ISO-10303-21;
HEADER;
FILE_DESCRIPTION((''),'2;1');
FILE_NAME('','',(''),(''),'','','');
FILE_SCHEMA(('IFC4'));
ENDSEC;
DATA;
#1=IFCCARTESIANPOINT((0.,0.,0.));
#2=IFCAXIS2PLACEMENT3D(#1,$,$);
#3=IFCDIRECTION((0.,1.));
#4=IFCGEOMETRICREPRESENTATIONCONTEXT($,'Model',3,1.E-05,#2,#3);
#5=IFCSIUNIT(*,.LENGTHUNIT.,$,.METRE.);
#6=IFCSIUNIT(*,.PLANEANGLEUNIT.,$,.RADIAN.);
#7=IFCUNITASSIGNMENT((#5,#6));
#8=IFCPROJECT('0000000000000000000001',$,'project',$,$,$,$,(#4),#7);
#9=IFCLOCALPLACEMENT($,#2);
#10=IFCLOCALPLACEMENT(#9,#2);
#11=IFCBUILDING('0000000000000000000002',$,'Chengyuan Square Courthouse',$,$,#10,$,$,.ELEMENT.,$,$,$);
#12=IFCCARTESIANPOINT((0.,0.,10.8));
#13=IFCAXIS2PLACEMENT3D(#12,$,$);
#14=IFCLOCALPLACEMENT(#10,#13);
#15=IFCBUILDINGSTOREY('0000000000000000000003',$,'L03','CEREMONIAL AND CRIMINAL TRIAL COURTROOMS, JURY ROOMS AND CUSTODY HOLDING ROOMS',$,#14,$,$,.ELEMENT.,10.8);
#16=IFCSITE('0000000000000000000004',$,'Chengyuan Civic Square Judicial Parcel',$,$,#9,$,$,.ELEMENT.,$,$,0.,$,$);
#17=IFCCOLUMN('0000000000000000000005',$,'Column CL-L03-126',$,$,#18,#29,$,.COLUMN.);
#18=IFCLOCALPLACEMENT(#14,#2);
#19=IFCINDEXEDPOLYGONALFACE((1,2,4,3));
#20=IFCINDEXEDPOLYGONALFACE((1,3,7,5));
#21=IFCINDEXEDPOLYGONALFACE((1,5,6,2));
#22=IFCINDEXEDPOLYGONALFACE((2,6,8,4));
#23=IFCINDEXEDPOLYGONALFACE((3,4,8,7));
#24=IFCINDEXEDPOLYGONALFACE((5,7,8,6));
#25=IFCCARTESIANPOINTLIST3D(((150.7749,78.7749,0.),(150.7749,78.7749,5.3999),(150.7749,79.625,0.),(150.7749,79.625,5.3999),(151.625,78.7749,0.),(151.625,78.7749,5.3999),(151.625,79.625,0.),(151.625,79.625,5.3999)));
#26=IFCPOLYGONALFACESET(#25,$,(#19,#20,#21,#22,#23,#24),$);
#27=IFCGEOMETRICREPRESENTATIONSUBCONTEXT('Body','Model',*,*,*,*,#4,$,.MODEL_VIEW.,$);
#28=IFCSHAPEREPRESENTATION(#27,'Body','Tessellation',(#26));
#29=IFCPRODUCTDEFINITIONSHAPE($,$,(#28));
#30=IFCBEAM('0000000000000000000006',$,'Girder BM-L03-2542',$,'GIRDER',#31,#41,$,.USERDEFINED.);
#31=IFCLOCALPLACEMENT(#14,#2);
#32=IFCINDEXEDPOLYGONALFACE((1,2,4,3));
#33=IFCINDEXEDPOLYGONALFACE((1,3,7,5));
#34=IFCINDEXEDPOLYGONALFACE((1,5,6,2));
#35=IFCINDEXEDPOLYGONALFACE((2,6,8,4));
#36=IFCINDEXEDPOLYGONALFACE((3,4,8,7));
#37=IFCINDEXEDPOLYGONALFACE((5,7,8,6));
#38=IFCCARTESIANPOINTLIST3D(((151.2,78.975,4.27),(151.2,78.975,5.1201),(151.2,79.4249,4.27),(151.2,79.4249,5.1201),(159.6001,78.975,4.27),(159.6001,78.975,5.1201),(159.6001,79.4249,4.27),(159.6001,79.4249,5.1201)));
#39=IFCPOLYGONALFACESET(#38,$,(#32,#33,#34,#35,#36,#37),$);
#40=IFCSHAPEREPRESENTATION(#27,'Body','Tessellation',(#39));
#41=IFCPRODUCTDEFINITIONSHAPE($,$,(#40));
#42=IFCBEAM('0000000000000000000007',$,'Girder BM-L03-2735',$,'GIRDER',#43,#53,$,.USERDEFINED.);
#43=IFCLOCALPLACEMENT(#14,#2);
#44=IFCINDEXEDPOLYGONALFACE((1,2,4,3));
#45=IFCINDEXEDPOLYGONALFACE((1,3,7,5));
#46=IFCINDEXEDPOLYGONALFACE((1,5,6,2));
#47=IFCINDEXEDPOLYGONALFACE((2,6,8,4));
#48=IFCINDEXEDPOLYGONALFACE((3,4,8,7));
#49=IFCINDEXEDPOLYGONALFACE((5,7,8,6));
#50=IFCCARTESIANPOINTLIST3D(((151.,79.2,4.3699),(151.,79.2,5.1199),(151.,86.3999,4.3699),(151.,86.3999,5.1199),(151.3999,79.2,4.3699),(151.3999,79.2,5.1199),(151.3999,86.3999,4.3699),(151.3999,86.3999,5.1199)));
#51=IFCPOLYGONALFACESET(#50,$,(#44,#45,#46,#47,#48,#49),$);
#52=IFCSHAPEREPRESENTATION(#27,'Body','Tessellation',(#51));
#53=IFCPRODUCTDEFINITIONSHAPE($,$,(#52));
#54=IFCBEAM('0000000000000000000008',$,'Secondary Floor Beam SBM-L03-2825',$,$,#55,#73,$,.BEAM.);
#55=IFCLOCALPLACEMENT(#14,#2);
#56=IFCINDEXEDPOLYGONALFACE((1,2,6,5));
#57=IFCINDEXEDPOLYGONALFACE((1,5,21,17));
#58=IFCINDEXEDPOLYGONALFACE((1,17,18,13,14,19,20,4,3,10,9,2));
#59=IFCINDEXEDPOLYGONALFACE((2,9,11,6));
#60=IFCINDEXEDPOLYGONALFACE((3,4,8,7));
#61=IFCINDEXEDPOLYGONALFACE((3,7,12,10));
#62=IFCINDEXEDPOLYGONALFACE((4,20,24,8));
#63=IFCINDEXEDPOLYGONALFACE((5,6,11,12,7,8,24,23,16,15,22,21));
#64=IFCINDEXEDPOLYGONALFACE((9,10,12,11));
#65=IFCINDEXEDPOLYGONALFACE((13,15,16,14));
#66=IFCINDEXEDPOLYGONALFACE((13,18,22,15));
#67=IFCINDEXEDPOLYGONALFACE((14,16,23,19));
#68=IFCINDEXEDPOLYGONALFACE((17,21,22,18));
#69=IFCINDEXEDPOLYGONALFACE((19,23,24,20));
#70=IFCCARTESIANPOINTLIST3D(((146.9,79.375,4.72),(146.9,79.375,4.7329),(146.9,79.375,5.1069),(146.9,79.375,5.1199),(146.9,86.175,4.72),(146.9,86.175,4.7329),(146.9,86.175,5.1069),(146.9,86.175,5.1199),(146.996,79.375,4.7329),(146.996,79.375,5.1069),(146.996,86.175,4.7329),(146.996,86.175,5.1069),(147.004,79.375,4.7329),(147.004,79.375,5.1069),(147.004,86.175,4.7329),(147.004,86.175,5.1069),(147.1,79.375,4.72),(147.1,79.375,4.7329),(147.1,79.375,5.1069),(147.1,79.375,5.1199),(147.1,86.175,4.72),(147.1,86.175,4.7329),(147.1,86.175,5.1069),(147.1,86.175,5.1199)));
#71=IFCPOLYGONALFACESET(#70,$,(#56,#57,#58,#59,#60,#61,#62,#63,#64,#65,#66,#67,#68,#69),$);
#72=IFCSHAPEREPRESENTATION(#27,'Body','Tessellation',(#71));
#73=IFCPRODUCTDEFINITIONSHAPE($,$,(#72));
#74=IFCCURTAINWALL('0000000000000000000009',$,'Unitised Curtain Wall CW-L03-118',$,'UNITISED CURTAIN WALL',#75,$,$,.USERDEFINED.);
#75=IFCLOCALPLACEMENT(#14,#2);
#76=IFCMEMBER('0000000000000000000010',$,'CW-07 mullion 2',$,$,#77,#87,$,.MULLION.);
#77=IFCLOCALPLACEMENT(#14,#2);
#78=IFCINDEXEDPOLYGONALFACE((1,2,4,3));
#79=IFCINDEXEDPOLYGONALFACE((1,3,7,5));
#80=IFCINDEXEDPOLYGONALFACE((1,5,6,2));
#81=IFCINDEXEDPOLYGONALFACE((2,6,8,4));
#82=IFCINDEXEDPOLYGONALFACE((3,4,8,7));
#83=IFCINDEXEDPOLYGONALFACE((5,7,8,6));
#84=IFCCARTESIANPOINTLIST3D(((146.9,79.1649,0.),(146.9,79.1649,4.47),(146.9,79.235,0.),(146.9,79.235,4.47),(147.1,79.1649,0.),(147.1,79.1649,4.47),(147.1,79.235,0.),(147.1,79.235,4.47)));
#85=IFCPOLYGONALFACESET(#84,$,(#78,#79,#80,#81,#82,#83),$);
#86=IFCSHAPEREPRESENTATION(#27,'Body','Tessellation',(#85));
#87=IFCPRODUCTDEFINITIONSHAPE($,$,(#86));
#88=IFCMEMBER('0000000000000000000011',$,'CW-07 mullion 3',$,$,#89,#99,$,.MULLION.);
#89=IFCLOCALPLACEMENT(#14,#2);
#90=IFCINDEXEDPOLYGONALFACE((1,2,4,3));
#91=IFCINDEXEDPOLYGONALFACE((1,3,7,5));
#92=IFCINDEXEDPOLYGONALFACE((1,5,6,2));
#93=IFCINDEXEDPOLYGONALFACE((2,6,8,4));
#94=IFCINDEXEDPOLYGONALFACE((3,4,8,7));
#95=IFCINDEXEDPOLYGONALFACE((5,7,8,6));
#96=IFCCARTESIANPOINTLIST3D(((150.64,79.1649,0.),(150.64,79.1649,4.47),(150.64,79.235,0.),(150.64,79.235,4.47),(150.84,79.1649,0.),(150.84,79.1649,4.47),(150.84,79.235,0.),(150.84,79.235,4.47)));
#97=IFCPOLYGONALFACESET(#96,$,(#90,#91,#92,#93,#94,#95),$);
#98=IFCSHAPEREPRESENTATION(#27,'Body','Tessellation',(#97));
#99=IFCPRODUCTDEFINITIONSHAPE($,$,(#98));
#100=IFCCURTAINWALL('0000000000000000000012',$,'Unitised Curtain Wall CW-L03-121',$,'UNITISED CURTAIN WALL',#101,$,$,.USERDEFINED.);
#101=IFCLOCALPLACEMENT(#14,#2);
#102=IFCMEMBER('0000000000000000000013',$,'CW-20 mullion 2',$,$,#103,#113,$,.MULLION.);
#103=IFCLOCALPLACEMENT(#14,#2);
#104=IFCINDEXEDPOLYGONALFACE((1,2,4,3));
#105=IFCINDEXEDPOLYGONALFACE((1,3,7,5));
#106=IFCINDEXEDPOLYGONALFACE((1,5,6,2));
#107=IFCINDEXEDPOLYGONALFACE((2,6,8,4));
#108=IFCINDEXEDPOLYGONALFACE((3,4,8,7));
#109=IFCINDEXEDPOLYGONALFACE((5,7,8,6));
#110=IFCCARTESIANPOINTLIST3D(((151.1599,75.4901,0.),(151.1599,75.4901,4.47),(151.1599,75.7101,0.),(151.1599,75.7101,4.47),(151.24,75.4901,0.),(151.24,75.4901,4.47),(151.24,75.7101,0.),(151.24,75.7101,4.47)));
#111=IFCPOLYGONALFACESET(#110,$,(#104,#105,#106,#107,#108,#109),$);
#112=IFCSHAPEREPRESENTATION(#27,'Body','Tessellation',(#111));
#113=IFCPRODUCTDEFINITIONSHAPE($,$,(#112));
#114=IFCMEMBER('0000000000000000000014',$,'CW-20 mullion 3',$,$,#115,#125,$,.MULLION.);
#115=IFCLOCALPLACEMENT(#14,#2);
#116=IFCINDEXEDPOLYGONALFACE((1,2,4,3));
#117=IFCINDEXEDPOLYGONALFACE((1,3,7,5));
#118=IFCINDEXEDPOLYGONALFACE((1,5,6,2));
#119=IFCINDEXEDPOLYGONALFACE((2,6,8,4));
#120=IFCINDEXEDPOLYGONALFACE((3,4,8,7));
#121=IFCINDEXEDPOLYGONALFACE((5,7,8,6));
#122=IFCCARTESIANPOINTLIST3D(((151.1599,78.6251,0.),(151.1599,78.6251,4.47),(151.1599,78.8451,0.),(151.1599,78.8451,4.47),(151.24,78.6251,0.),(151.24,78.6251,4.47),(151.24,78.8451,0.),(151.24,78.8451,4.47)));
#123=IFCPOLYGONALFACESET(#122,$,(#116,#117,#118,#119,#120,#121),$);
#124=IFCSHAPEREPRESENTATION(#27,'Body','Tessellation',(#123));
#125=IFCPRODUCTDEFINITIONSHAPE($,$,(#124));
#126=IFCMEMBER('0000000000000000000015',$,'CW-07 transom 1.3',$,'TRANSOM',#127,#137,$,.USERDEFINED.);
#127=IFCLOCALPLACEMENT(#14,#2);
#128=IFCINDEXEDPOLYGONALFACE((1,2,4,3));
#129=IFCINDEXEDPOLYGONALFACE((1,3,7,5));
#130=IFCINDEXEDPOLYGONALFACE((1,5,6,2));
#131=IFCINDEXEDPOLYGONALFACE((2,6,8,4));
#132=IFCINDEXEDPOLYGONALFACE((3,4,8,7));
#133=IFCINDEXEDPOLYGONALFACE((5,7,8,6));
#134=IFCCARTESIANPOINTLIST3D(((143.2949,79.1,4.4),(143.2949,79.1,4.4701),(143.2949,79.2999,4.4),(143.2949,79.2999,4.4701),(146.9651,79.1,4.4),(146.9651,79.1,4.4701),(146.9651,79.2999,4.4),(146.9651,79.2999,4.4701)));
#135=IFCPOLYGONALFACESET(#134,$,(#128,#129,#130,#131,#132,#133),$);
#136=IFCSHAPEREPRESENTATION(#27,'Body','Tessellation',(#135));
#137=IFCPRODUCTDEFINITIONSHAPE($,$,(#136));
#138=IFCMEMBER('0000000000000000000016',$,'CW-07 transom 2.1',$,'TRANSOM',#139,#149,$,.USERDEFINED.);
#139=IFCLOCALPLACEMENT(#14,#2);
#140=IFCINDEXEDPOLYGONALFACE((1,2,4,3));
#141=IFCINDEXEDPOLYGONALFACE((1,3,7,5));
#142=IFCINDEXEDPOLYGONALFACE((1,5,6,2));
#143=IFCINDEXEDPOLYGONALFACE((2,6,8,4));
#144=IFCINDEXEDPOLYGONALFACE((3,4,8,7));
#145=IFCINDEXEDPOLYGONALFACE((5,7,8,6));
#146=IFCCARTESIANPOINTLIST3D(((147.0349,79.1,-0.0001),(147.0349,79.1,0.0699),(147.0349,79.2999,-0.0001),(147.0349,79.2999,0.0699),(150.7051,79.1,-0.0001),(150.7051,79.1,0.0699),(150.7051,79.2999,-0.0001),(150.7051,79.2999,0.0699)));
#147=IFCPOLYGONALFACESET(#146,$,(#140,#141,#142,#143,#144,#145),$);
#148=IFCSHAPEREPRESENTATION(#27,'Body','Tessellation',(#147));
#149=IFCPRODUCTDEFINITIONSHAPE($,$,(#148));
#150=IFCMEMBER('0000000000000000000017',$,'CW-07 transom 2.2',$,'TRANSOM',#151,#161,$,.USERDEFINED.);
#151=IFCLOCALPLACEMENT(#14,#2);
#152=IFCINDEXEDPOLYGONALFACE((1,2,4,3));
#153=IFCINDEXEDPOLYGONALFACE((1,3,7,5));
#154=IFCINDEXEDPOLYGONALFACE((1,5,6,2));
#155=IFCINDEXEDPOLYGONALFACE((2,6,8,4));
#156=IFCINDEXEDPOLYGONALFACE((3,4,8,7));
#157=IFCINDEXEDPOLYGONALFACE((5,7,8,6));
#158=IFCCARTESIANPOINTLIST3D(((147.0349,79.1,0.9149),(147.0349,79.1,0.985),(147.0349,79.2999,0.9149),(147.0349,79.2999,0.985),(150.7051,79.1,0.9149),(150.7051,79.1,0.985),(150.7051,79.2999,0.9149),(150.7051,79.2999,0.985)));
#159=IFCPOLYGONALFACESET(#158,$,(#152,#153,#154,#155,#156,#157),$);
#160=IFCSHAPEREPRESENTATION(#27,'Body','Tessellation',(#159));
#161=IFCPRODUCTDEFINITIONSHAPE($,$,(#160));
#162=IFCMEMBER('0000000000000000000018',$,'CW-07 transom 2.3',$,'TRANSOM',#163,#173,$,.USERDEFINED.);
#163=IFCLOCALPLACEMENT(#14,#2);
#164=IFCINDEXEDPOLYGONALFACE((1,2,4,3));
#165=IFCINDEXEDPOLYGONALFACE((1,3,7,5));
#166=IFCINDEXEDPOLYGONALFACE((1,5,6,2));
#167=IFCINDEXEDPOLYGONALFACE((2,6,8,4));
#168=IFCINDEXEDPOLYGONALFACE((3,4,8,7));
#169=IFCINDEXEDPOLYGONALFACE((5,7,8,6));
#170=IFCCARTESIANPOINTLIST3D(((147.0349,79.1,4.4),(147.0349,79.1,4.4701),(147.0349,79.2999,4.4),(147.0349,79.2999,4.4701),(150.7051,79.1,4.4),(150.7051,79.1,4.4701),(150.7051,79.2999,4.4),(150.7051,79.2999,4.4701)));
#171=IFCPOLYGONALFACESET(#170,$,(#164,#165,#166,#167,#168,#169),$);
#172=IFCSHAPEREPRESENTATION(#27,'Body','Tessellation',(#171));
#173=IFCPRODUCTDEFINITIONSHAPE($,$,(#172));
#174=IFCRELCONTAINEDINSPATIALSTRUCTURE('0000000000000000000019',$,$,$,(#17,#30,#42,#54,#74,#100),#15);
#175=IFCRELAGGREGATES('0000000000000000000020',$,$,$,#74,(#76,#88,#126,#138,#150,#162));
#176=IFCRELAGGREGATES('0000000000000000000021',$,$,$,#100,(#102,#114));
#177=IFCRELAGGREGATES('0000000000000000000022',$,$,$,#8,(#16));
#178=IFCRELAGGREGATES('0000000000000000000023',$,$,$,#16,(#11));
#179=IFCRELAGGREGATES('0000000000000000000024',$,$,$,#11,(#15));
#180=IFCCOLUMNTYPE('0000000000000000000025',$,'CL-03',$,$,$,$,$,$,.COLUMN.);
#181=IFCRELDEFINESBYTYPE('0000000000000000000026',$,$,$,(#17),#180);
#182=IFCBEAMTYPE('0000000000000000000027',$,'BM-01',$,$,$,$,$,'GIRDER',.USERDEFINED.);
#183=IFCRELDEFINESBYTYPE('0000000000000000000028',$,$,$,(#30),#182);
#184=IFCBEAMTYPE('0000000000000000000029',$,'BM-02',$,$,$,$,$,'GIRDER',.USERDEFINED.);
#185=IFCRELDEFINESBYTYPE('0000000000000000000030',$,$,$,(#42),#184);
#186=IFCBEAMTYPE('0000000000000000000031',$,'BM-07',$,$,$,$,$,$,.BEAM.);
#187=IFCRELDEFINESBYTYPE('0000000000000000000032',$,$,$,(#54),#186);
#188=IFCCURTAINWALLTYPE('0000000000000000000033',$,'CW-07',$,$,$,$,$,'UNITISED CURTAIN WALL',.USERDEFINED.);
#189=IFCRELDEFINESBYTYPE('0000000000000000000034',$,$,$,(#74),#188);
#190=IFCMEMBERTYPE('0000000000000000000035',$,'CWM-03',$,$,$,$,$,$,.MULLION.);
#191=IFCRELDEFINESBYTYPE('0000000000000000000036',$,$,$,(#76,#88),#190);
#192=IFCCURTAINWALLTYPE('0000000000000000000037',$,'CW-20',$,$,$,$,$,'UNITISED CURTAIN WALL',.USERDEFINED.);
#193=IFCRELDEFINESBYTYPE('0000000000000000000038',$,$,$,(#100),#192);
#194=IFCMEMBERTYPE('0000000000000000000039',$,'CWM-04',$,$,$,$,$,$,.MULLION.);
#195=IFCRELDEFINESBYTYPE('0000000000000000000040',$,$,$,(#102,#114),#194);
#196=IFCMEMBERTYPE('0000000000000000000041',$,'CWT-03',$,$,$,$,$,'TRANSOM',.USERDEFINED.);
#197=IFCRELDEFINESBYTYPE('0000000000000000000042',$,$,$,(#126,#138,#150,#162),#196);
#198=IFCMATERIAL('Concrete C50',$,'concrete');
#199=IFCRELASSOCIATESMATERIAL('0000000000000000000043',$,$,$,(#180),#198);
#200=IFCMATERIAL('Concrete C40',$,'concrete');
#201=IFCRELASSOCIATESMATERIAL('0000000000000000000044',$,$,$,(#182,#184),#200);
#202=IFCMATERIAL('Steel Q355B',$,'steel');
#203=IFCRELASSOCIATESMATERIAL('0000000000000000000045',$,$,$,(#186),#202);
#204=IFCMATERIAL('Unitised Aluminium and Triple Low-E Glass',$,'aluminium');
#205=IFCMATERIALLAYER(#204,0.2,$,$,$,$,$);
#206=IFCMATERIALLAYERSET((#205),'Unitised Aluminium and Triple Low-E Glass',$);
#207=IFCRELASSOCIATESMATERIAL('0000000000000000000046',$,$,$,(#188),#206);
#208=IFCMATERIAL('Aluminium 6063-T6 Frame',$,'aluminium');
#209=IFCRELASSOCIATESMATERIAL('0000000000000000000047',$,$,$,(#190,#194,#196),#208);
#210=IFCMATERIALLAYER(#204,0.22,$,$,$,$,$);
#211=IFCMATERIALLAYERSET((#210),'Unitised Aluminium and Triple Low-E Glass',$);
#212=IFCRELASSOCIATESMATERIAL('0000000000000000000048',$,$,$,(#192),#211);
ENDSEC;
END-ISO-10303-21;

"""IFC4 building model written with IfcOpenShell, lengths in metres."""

from ifc_helpers import new_model, si_unit, direction, frame, origin, origin_2d, place, context, subcontext, project, spatial, rectangle, i_section, extrude, material, layer, layer_set, material_profile, profile_set, type_object, element, aggregate, save


model = new_model("IFC4")

# Units and contexts
model_context = context("Model", 3, precision=1e-05, world=origin(), true_north=direction((0.0, 1.0)))
body_context = subcontext(model_context, "Body", "Model", "MODEL_VIEW")
ifc_project = project(units=[si_unit("LENGTHUNIT", "METRE"), si_unit("PLANEANGLEUNIT", "RADIAN")], contexts=[model_context])

# Site, building, storey
site_placement = place(None, origin())
site = spatial("IfcSite", under=ifc_project, at=site_placement, Name="Chengyuan Civic Square Judicial Parcel", CompositionType="ELEMENT", RefElevation=0.0)
building_placement = place(site_placement, origin())
building = spatial("IfcBuilding", under=site, at=building_placement, Name="Chengyuan Square Courthouse", CompositionType="ELEMENT")
storey_placement = place(building_placement, frame((0.0, 0.0, 10.8)))
storey = spatial("IfcBuildingStorey", under=building, at=storey_placement, Name="L03", Description="CEREMONIAL AND CRIMINAL TRIAL COURTROOMS, JURY ROOMS AND CUSTODY HOLDING ROOMS", CompositionType="ELEMENT", Elevation=10.8)

# Column
ifc_material_1 = material(Name="Concrete C50", Category="concrete")
ifc_material_profile_1 = material_profile(ifc_material_1, rectangle(XDim=0.8501, YDim=0.8501, at=origin_2d()), Name="RC-COL-850x850")
ifc_profile_set_1 = profile_set([ifc_material_profile_1], Name="Concrete C50")
column_type = type_object("IfcColumnType", Name="CL-03", PredefinedType="COLUMN", material=ifc_profile_set_1)
column_placement = place(storey_placement, frame((151.2, 79.2, 0.0), z_axis=(0.0, 0.0, 1.0), x_axis=(1.0, 0.0, 0.0)))
element("IfcColumn", 1, at=column_placement, inside=storey, type_object=column_type, Name="Column CL-L03-126", PredefinedType="COLUMN", context=body_context, shape_type="SweptSolid", body=[
    extrude(rectangle(XDim=0.8501, YDim=0.8501, at=origin_2d()), origin(), (0.0, 0.0, 1.0), 5.3999),
])

# Beams
ifc_material_2 = material(Name="Concrete C40", Category="concrete")
ifc_material_profile_2 = material_profile(ifc_material_2, rectangle(XDim=0.45, YDim=0.8501, at=origin_2d()), Name="RC-BM-450x850")
ifc_profile_set_2 = profile_set([ifc_material_profile_2], Name="Concrete C40")
beam_type_1 = type_object("IfcBeamType", Name="BM-01", ElementType="GIRDER", PredefinedType="USERDEFINED", material=ifc_profile_set_2)
beam_1_placement = place(storey_placement, frame((151.2, 79.2, 4.6951), z_axis=(1.0, 0.0, 0.0), x_axis=(0.0, 1.0, 0.0)))
element("IfcBeam", 2, at=beam_1_placement, inside=storey, type_object=beam_type_1, Name="Girder BM-L03-2542", ObjectType="GIRDER", PredefinedType="USERDEFINED", context=body_context, shape_type="SweptSolid", body=[
    extrude(rectangle(XDim=0.45, YDim=0.8501, at=origin_2d()), origin(), (0.0, 0.0, 1.0), 8.4001),
])
ifc_material_profile_3 = material_profile(ifc_material_2, rectangle(XDim=0.3999, YDim=0.75, at=origin_2d()), Name="RC-BM-400x750")
ifc_profile_set_3 = profile_set([ifc_material_profile_3], Name="Concrete C40")
beam_type_2 = type_object("IfcBeamType", Name="BM-02", ElementType="GIRDER", PredefinedType="USERDEFINED", material=ifc_profile_set_3)
beam_2_placement = place(storey_placement, frame((151.2, 79.2, 4.7449), z_axis=(0.0, 1.0, 0.0), x_axis=(-1.0, 0.0, 0.0)))
element("IfcBeam", 3, at=beam_2_placement, inside=storey, type_object=beam_type_2, Name="Girder BM-L03-2735", ObjectType="GIRDER", PredefinedType="USERDEFINED", context=body_context, shape_type="SweptSolid", body=[
    extrude(rectangle(XDim=0.3999, YDim=0.75, at=origin_2d()), origin(), (0.0, 0.0, 1.0), 7.2),
])
ifc_material_3 = material(Name="Steel Q355B", Category="steel")
ifc_material_profile_4 = material_profile(ifc_material_3, i_section(OverallWidth=0.2, OverallDepth=0.3999, WebThickness=0.0081, FlangeThickness=0.0129, at=origin_2d()), Name="HN 400x200x8x13")
ifc_profile_set_4 = profile_set([ifc_material_profile_4], Name="Steel Q355B")
beam_type_3 = type_object("IfcBeamType", Name="BM-07", PredefinedType="BEAM", material=ifc_profile_set_4)
beam_3_placement = place(storey_placement, frame((147.0, 79.375, 4.9199), z_axis=(0.0, 1.0, 0.0), x_axis=(-1.0, 0.0, 0.0)))
element("IfcBeam", 4, at=beam_3_placement, inside=storey, type_object=beam_type_3, Name="Secondary Floor Beam SBM-L03-2825", PredefinedType="BEAM", context=body_context, shape_type="SweptSolid", body=[
    extrude(i_section(OverallWidth=0.2, OverallDepth=0.3999, WebThickness=0.0081, FlangeThickness=0.0129, at=origin_2d()), origin(), (0.0, 0.0, 1.0), 6.8),
])

# Curtain walls, members
ifc_material_4 = material(Name="Unitised Aluminium and Triple Low-E Glass", Category="aluminium")
ifc_layer_1 = layer(ifc_material_4, 0.2)
ifc_layer_set_1 = layer_set([ifc_layer_1], Name="Unitised Aluminium and Triple Low-E Glass")
curtain_wall_type_1 = type_object("IfcCurtainWallType", Name="CW-07", ElementType="UNITISED CURTAIN WALL", PredefinedType="USERDEFINED", material=ifc_layer_set_1)
curtain_wall_1_placement = place(storey_placement, origin())
curtain_wall_1 = element("IfcCurtainWall", 5, at=curtain_wall_1_placement, inside=storey, type_object=curtain_wall_type_1, Name="Unitised Curtain Wall CW-L03-118", ObjectType="UNITISED CURTAIN WALL", PredefinedType="USERDEFINED")
ifc_material_5 = material(Name="Aluminium 6063-T6 Frame", Category="aluminium")
ifc_material_profile_5 = material_profile(ifc_material_5, rectangle(XDim=0.0701, YDim=0.2, at=origin_2d()), Name="CW-MUL-70x200")
ifc_profile_set_5 = profile_set([ifc_material_profile_5], Name="Aluminium 6063-T6 Frame")
member_type_1 = type_object("IfcMemberType", Name="CWM-03", PredefinedType="MULLION", material=ifc_profile_set_5)
member_1_placement = place(storey_placement, frame((147.0, 79.2, 0.0), z_axis=(0.0, 0.0, 1.0), x_axis=(0.0, 1.0, 0.0)))
member_1 = element("IfcMember", 6, at=member_1_placement, type_object=member_type_1, Name="CW-07 mullion 2", PredefinedType="MULLION", context=body_context, shape_type="SweptSolid", body=[
    extrude(rectangle(XDim=0.0701, YDim=0.2, at=origin_2d()), origin(), (0.0, 0.0, 1.0), 4.47),
])
member_2_placement = place(storey_placement, frame((150.74, 79.2, 0.0), z_axis=(0.0, 0.0, 1.0), x_axis=(0.0, 1.0, 0.0)))
member_2 = element("IfcMember", 7, at=member_2_placement, type_object=member_type_1, Name="CW-07 mullion 3", PredefinedType="MULLION", context=body_context, shape_type="SweptSolid", body=[
    extrude(rectangle(XDim=0.0701, YDim=0.2, at=origin_2d()), origin(), (0.0, 0.0, 1.0), 4.47),
])
ifc_layer_2 = layer(ifc_material_4, 0.22)
ifc_layer_set_2 = layer_set([ifc_layer_2], Name="Unitised Aluminium and Triple Low-E Glass")
curtain_wall_type_2 = type_object("IfcCurtainWallType", Name="CW-20", ElementType="UNITISED CURTAIN WALL", PredefinedType="USERDEFINED", material=ifc_layer_set_2)
curtain_wall_2_placement = place(storey_placement, origin())
curtain_wall_2 = element("IfcCurtainWall", 8, at=curtain_wall_2_placement, inside=storey, type_object=curtain_wall_type_2, Name="Unitised Curtain Wall CW-L03-121", ObjectType="UNITISED CURTAIN WALL", PredefinedType="USERDEFINED")
ifc_material_profile_6 = material_profile(ifc_material_5, rectangle(XDim=0.0801, YDim=0.22, at=origin_2d()), Name="CW-MUL-80x220")
ifc_profile_set_6 = profile_set([ifc_material_profile_6], Name="Aluminium 6063-T6 Frame")
member_type_2 = type_object("IfcMemberType", Name="CWM-04", PredefinedType="MULLION", material=ifc_profile_set_6)
member_3_placement = place(storey_placement, frame((151.2, 75.6001, 0.0), z_axis=(0.0, 0.0, 1.0), x_axis=(-1.0, 0.0, 0.0)))
member_3 = element("IfcMember", 9, at=member_3_placement, type_object=member_type_2, Name="CW-20 mullion 2", PredefinedType="MULLION", context=body_context, shape_type="SweptSolid", body=[
    extrude(rectangle(XDim=0.0801, YDim=0.22, at=origin_2d()), origin(), (0.0, 0.0, 1.0), 4.47),
])
member_4_placement = place(storey_placement, frame((151.2, 78.7351, 0.0), z_axis=(0.0, 0.0, 1.0), x_axis=(-1.0, 0.0, 0.0)))
member_4 = element("IfcMember", 10, at=member_4_placement, type_object=member_type_2, Name="CW-20 mullion 3", PredefinedType="MULLION", context=body_context, shape_type="SweptSolid", body=[
    extrude(rectangle(XDim=0.0801, YDim=0.22, at=origin_2d()), origin(), (0.0, 0.0, 1.0), 4.47),
])

# Members
ifc_material_profile_7 = material_profile(ifc_material_5, rectangle(XDim=0.2, YDim=0.0701, at=origin_2d()), Name="CW-TRN-70x160")
ifc_profile_set_7 = profile_set([ifc_material_profile_7], Name="Aluminium 6063-T6 Frame")
member_type_3 = type_object("IfcMemberType", Name="CWT-03", ElementType="TRANSOM", PredefinedType="USERDEFINED", material=ifc_profile_set_7)
member_5_placement = place(storey_placement, frame((143.2949, 79.2, 4.4351), z_axis=(1.0, 0.0, 0.0), x_axis=(0.0, 1.0, 0.0)))
member_5 = element("IfcMember", 11, at=member_5_placement, type_object=member_type_3, Name="CW-07 transom 1.3", ObjectType="TRANSOM", PredefinedType="USERDEFINED", context=body_context, shape_type="SweptSolid", body=[
    extrude(rectangle(XDim=0.2, YDim=0.0701, at=origin_2d()), origin(), (0.0, 0.0, 1.0), 3.6702),
])
member_6_placement = place(storey_placement, frame((147.0349, 79.2, 0.0349), z_axis=(1.0, 0.0, 0.0), x_axis=(0.0, 1.0, 0.0)))
member_6 = element("IfcMember", 12, at=member_6_placement, type_object=member_type_3, Name="CW-07 transom 2.1", ObjectType="TRANSOM", PredefinedType="USERDEFINED", context=body_context, shape_type="SweptSolid", body=[
    extrude(rectangle(XDim=0.2, YDim=0.0701, at=origin_2d()), origin(), (0.0, 0.0, 1.0), 3.6702),
])
member_7_placement = place(storey_placement, frame((147.0349, 79.2, 0.95), z_axis=(1.0, 0.0, 0.0), x_axis=(0.0, 1.0, 0.0)))
member_7 = element("IfcMember", 13, at=member_7_placement, type_object=member_type_3, Name="CW-07 transom 2.2", ObjectType="TRANSOM", PredefinedType="USERDEFINED", context=body_context, shape_type="SweptSolid", body=[
    extrude(rectangle(XDim=0.2, YDim=0.0701, at=origin_2d()), origin(), (0.0, 0.0, 1.0), 3.6702),
])
member_8_placement = place(storey_placement, frame((147.0349, 79.2, 4.4351), z_axis=(1.0, 0.0, 0.0), x_axis=(0.0, 1.0, 0.0)))
member_8 = element("IfcMember", 14, at=member_8_placement, type_object=member_type_3, Name="CW-07 transom 2.3", ObjectType="TRANSOM", PredefinedType="USERDEFINED", context=body_context, shape_type="SweptSolid", body=[
    extrude(rectangle(XDim=0.2, YDim=0.0701, at=origin_2d()), origin(), (0.0, 0.0, 1.0), 3.6702),
])

aggregate(curtain_wall_1, [member_1, member_2, member_5, member_6, member_7, member_8])
aggregate(curtain_wall_2, [member_3, member_4])

save(model, "model.ifc")
